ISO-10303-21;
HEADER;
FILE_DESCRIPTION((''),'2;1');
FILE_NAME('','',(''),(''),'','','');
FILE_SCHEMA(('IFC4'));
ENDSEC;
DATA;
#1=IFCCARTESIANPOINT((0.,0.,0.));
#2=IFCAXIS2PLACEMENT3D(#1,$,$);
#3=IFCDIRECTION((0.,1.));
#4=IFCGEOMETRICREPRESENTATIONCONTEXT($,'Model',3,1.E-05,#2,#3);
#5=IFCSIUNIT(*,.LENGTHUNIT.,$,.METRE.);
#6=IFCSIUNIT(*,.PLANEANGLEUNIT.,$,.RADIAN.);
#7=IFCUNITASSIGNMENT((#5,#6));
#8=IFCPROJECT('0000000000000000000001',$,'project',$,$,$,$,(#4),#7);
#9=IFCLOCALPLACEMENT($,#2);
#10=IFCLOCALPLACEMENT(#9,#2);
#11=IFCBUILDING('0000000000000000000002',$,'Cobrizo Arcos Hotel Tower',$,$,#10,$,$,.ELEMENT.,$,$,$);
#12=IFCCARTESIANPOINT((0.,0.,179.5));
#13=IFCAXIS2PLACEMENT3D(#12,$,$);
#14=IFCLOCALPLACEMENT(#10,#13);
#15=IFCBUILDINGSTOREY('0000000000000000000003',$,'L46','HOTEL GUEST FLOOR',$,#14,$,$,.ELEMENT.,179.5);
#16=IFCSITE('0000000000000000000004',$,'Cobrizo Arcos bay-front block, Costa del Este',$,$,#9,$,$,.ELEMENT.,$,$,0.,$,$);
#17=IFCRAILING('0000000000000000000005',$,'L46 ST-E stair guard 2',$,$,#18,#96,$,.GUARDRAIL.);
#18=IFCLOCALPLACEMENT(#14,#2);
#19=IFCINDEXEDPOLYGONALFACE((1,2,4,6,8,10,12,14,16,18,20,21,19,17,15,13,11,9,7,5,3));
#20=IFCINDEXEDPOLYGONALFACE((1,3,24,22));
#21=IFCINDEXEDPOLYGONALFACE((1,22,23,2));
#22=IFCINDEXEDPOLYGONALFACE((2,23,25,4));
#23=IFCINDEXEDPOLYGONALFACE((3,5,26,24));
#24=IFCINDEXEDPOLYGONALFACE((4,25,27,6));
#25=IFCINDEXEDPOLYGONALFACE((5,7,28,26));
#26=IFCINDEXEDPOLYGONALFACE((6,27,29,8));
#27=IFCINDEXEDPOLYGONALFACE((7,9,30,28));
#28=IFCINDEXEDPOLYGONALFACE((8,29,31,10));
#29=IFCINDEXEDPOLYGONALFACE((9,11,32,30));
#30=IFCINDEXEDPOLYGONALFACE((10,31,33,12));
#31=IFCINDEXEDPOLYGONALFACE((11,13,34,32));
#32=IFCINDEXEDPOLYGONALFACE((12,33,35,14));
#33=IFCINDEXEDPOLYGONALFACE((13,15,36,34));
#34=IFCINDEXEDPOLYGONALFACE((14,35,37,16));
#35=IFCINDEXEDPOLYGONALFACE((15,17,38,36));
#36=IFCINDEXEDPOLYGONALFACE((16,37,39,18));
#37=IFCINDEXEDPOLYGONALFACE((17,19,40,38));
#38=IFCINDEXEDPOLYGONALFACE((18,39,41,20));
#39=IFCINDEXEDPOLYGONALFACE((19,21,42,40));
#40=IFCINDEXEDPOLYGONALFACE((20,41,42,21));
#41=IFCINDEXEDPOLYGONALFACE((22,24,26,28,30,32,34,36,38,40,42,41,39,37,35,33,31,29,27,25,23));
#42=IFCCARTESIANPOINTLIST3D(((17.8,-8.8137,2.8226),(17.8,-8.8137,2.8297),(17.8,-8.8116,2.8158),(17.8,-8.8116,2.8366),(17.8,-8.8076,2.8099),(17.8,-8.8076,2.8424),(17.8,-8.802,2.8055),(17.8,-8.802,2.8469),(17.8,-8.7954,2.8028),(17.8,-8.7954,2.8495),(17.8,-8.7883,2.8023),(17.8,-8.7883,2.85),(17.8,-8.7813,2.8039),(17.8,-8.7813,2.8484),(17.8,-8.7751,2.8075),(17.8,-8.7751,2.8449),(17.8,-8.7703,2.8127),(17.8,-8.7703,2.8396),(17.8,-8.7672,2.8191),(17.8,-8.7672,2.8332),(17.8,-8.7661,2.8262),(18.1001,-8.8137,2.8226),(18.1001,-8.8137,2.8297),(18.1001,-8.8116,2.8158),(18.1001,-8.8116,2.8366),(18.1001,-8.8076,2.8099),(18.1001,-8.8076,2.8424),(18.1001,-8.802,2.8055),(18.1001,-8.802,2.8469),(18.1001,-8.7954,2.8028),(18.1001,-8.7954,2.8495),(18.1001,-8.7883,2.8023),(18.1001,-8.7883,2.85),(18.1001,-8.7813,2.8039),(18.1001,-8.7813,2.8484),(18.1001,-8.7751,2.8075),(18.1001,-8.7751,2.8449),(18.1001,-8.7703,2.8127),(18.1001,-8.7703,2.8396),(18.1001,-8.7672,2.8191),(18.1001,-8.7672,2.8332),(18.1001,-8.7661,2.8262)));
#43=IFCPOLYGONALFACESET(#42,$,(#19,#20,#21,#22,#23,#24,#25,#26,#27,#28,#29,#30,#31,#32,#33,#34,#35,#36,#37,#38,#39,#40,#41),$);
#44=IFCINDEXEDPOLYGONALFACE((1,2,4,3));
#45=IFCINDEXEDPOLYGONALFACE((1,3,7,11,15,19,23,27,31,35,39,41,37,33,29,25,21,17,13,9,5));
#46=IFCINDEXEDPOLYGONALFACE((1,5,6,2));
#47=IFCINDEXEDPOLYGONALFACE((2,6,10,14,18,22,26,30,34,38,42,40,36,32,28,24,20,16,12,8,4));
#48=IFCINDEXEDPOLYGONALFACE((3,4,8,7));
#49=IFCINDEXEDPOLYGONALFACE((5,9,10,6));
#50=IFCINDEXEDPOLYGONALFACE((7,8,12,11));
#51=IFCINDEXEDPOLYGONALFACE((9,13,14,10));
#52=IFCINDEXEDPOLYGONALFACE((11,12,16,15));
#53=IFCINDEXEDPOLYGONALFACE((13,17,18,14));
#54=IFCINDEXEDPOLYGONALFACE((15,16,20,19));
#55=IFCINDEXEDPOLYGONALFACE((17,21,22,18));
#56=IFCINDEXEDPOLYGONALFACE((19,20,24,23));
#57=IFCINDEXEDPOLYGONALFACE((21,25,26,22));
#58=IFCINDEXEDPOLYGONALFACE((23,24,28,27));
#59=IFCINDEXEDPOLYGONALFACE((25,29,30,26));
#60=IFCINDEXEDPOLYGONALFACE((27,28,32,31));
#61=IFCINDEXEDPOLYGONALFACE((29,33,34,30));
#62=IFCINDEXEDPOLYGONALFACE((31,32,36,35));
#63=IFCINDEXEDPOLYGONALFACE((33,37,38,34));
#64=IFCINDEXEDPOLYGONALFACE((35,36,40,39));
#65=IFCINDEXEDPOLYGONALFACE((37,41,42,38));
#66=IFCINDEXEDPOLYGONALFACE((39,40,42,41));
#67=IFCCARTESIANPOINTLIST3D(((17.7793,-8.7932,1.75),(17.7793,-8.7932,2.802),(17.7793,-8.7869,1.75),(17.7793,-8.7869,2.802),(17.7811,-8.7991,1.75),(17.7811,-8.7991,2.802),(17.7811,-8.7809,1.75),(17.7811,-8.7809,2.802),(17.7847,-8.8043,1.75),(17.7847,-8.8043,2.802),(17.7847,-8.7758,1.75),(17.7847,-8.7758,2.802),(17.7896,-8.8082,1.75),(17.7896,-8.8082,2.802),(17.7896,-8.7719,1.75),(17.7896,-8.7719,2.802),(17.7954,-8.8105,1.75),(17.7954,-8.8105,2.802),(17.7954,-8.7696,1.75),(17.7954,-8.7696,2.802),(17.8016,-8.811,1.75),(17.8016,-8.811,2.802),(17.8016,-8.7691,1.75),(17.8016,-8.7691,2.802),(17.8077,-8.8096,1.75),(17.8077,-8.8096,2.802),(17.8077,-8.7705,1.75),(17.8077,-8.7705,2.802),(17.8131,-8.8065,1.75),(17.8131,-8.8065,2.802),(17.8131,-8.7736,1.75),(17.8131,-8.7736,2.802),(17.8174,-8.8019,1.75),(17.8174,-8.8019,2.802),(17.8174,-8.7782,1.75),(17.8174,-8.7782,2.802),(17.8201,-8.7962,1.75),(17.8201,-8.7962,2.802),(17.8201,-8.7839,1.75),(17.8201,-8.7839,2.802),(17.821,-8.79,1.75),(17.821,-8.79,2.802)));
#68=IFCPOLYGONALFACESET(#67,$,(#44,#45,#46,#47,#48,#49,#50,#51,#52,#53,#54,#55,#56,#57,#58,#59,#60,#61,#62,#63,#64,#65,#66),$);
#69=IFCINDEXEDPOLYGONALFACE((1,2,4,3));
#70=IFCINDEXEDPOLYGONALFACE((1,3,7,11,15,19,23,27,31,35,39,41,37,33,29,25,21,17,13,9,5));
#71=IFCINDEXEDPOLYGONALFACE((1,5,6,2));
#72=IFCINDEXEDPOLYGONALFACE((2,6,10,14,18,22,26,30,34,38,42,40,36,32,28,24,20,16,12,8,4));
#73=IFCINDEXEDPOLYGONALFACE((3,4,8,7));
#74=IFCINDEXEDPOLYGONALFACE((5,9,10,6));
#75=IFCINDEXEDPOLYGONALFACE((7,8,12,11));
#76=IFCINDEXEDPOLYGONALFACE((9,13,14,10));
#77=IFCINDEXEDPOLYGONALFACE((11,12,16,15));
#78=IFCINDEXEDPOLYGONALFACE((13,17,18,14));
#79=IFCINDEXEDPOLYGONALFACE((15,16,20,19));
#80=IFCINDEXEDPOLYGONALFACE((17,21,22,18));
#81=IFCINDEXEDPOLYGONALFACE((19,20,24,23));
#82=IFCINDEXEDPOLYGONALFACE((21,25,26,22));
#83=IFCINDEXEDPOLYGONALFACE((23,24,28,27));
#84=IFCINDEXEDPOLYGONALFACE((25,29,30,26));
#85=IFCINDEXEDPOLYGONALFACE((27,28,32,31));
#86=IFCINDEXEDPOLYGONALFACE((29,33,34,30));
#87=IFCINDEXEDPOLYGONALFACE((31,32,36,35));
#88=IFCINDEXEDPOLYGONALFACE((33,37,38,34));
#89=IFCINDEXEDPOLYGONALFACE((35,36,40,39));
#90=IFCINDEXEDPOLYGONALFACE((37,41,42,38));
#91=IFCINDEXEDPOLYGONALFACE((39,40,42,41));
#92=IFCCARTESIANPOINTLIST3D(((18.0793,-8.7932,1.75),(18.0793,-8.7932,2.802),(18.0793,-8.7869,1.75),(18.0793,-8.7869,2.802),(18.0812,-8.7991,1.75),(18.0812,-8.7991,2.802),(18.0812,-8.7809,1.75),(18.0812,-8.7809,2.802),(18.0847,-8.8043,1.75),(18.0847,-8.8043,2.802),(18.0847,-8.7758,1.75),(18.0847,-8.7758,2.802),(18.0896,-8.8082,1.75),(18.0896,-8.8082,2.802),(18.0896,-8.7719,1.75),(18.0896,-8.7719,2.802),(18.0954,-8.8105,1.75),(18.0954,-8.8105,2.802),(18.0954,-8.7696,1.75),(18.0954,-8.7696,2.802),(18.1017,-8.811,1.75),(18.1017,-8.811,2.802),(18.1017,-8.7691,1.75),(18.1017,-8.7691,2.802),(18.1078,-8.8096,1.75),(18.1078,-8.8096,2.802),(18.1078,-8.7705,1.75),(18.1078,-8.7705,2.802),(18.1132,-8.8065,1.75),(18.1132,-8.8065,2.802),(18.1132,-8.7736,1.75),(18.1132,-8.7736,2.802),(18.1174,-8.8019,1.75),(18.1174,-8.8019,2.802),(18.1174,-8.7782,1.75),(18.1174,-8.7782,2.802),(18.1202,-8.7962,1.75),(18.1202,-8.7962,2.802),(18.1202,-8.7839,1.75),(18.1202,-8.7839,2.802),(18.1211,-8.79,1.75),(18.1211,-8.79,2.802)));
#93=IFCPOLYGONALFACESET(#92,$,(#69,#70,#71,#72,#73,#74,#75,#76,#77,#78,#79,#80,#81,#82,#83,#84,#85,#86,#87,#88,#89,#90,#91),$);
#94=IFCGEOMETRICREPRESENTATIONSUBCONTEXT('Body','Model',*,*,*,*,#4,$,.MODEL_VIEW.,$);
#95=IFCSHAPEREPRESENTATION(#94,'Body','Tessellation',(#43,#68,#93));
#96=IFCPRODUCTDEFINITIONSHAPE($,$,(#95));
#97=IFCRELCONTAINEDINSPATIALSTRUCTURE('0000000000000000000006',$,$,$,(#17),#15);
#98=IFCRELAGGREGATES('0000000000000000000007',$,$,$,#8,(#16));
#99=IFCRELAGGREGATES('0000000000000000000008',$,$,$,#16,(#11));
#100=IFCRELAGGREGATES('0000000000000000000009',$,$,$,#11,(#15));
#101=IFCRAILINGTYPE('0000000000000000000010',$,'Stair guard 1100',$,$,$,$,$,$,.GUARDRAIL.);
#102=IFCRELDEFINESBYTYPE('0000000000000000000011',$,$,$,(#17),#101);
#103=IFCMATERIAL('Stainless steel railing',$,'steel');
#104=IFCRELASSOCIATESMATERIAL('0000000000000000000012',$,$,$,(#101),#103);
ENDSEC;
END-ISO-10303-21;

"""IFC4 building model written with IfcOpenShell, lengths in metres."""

from ifc_helpers import new_model, si_unit, direction, frame, origin, origin_2d, place, context, subcontext, project, spatial, circle, extrude, material, type_object, element, save


model = new_model("IFC4")

# Units and contexts
model_context = context("Model", 3, precision=1e-05, world=origin(), true_north=direction((0.0, 1.0)))
body_context = subcontext(model_context, "Body", "Model", "MODEL_VIEW")
ifc_project = project(units=[si_unit("LENGTHUNIT", "METRE"), si_unit("PLANEANGLEUNIT", "RADIAN")], contexts=[model_context])

# Site, building, storey
site_placement = place(None, origin())
site = spatial("IfcSite", under=ifc_project, at=site_placement, Name="Cobrizo Arcos bay-front block, Costa del Este", CompositionType="ELEMENT", RefElevation=0.0)
building_placement = place(site_placement, origin())
building = spatial("IfcBuilding", under=site, at=building_placement, Name="Cobrizo Arcos Hotel Tower", CompositionType="ELEMENT")
storey_placement = place(building_placement, frame((0.0, 0.0, 179.5)))
storey = spatial("IfcBuildingStorey", under=building, at=storey_placement, Name="L46", Description="HOTEL GUEST FLOOR", CompositionType="ELEMENT", Elevation=179.5)

# Railing
ifc_material_1 = material(Name="Stainless steel railing", Category="steel")
railing_type_1 = type_object("IfcRailingType", Name="Stair guard 1100", PredefinedType="GUARDRAIL", material=ifc_material_1)
railing_1_placement = place(storey_placement, frame((17.8, -8.79, 1.75)))
element("IfcRailing", 1, at=railing_1_placement, inside=storey, type_object=railing_type_1, Name="L46 ST-E stair guard 2", PredefinedType="GUARDRAIL", context=body_context, shape_type="SweptSolid", body=[
    extrude(circle(Radius=0.0239, at=origin_2d()), frame((0.0, 0.0, 1.0762), z_axis=(1.0, 0.0, 0.0), x_axis=(0.0, 1.0, 0.0)), (0.0, 0.0, 1.0), 0.3),
    extrude(circle(Radius=0.021, at=origin_2d()), origin(), (0.0, 0.0, 1.0), 1.052),
    extrude(circle(Radius=0.021, at=origin_2d()), frame((0.3, 0.0, 0.0)), (0.0, 0.0, 1.0), 1.052),
])

save(model, "model.ifc")
